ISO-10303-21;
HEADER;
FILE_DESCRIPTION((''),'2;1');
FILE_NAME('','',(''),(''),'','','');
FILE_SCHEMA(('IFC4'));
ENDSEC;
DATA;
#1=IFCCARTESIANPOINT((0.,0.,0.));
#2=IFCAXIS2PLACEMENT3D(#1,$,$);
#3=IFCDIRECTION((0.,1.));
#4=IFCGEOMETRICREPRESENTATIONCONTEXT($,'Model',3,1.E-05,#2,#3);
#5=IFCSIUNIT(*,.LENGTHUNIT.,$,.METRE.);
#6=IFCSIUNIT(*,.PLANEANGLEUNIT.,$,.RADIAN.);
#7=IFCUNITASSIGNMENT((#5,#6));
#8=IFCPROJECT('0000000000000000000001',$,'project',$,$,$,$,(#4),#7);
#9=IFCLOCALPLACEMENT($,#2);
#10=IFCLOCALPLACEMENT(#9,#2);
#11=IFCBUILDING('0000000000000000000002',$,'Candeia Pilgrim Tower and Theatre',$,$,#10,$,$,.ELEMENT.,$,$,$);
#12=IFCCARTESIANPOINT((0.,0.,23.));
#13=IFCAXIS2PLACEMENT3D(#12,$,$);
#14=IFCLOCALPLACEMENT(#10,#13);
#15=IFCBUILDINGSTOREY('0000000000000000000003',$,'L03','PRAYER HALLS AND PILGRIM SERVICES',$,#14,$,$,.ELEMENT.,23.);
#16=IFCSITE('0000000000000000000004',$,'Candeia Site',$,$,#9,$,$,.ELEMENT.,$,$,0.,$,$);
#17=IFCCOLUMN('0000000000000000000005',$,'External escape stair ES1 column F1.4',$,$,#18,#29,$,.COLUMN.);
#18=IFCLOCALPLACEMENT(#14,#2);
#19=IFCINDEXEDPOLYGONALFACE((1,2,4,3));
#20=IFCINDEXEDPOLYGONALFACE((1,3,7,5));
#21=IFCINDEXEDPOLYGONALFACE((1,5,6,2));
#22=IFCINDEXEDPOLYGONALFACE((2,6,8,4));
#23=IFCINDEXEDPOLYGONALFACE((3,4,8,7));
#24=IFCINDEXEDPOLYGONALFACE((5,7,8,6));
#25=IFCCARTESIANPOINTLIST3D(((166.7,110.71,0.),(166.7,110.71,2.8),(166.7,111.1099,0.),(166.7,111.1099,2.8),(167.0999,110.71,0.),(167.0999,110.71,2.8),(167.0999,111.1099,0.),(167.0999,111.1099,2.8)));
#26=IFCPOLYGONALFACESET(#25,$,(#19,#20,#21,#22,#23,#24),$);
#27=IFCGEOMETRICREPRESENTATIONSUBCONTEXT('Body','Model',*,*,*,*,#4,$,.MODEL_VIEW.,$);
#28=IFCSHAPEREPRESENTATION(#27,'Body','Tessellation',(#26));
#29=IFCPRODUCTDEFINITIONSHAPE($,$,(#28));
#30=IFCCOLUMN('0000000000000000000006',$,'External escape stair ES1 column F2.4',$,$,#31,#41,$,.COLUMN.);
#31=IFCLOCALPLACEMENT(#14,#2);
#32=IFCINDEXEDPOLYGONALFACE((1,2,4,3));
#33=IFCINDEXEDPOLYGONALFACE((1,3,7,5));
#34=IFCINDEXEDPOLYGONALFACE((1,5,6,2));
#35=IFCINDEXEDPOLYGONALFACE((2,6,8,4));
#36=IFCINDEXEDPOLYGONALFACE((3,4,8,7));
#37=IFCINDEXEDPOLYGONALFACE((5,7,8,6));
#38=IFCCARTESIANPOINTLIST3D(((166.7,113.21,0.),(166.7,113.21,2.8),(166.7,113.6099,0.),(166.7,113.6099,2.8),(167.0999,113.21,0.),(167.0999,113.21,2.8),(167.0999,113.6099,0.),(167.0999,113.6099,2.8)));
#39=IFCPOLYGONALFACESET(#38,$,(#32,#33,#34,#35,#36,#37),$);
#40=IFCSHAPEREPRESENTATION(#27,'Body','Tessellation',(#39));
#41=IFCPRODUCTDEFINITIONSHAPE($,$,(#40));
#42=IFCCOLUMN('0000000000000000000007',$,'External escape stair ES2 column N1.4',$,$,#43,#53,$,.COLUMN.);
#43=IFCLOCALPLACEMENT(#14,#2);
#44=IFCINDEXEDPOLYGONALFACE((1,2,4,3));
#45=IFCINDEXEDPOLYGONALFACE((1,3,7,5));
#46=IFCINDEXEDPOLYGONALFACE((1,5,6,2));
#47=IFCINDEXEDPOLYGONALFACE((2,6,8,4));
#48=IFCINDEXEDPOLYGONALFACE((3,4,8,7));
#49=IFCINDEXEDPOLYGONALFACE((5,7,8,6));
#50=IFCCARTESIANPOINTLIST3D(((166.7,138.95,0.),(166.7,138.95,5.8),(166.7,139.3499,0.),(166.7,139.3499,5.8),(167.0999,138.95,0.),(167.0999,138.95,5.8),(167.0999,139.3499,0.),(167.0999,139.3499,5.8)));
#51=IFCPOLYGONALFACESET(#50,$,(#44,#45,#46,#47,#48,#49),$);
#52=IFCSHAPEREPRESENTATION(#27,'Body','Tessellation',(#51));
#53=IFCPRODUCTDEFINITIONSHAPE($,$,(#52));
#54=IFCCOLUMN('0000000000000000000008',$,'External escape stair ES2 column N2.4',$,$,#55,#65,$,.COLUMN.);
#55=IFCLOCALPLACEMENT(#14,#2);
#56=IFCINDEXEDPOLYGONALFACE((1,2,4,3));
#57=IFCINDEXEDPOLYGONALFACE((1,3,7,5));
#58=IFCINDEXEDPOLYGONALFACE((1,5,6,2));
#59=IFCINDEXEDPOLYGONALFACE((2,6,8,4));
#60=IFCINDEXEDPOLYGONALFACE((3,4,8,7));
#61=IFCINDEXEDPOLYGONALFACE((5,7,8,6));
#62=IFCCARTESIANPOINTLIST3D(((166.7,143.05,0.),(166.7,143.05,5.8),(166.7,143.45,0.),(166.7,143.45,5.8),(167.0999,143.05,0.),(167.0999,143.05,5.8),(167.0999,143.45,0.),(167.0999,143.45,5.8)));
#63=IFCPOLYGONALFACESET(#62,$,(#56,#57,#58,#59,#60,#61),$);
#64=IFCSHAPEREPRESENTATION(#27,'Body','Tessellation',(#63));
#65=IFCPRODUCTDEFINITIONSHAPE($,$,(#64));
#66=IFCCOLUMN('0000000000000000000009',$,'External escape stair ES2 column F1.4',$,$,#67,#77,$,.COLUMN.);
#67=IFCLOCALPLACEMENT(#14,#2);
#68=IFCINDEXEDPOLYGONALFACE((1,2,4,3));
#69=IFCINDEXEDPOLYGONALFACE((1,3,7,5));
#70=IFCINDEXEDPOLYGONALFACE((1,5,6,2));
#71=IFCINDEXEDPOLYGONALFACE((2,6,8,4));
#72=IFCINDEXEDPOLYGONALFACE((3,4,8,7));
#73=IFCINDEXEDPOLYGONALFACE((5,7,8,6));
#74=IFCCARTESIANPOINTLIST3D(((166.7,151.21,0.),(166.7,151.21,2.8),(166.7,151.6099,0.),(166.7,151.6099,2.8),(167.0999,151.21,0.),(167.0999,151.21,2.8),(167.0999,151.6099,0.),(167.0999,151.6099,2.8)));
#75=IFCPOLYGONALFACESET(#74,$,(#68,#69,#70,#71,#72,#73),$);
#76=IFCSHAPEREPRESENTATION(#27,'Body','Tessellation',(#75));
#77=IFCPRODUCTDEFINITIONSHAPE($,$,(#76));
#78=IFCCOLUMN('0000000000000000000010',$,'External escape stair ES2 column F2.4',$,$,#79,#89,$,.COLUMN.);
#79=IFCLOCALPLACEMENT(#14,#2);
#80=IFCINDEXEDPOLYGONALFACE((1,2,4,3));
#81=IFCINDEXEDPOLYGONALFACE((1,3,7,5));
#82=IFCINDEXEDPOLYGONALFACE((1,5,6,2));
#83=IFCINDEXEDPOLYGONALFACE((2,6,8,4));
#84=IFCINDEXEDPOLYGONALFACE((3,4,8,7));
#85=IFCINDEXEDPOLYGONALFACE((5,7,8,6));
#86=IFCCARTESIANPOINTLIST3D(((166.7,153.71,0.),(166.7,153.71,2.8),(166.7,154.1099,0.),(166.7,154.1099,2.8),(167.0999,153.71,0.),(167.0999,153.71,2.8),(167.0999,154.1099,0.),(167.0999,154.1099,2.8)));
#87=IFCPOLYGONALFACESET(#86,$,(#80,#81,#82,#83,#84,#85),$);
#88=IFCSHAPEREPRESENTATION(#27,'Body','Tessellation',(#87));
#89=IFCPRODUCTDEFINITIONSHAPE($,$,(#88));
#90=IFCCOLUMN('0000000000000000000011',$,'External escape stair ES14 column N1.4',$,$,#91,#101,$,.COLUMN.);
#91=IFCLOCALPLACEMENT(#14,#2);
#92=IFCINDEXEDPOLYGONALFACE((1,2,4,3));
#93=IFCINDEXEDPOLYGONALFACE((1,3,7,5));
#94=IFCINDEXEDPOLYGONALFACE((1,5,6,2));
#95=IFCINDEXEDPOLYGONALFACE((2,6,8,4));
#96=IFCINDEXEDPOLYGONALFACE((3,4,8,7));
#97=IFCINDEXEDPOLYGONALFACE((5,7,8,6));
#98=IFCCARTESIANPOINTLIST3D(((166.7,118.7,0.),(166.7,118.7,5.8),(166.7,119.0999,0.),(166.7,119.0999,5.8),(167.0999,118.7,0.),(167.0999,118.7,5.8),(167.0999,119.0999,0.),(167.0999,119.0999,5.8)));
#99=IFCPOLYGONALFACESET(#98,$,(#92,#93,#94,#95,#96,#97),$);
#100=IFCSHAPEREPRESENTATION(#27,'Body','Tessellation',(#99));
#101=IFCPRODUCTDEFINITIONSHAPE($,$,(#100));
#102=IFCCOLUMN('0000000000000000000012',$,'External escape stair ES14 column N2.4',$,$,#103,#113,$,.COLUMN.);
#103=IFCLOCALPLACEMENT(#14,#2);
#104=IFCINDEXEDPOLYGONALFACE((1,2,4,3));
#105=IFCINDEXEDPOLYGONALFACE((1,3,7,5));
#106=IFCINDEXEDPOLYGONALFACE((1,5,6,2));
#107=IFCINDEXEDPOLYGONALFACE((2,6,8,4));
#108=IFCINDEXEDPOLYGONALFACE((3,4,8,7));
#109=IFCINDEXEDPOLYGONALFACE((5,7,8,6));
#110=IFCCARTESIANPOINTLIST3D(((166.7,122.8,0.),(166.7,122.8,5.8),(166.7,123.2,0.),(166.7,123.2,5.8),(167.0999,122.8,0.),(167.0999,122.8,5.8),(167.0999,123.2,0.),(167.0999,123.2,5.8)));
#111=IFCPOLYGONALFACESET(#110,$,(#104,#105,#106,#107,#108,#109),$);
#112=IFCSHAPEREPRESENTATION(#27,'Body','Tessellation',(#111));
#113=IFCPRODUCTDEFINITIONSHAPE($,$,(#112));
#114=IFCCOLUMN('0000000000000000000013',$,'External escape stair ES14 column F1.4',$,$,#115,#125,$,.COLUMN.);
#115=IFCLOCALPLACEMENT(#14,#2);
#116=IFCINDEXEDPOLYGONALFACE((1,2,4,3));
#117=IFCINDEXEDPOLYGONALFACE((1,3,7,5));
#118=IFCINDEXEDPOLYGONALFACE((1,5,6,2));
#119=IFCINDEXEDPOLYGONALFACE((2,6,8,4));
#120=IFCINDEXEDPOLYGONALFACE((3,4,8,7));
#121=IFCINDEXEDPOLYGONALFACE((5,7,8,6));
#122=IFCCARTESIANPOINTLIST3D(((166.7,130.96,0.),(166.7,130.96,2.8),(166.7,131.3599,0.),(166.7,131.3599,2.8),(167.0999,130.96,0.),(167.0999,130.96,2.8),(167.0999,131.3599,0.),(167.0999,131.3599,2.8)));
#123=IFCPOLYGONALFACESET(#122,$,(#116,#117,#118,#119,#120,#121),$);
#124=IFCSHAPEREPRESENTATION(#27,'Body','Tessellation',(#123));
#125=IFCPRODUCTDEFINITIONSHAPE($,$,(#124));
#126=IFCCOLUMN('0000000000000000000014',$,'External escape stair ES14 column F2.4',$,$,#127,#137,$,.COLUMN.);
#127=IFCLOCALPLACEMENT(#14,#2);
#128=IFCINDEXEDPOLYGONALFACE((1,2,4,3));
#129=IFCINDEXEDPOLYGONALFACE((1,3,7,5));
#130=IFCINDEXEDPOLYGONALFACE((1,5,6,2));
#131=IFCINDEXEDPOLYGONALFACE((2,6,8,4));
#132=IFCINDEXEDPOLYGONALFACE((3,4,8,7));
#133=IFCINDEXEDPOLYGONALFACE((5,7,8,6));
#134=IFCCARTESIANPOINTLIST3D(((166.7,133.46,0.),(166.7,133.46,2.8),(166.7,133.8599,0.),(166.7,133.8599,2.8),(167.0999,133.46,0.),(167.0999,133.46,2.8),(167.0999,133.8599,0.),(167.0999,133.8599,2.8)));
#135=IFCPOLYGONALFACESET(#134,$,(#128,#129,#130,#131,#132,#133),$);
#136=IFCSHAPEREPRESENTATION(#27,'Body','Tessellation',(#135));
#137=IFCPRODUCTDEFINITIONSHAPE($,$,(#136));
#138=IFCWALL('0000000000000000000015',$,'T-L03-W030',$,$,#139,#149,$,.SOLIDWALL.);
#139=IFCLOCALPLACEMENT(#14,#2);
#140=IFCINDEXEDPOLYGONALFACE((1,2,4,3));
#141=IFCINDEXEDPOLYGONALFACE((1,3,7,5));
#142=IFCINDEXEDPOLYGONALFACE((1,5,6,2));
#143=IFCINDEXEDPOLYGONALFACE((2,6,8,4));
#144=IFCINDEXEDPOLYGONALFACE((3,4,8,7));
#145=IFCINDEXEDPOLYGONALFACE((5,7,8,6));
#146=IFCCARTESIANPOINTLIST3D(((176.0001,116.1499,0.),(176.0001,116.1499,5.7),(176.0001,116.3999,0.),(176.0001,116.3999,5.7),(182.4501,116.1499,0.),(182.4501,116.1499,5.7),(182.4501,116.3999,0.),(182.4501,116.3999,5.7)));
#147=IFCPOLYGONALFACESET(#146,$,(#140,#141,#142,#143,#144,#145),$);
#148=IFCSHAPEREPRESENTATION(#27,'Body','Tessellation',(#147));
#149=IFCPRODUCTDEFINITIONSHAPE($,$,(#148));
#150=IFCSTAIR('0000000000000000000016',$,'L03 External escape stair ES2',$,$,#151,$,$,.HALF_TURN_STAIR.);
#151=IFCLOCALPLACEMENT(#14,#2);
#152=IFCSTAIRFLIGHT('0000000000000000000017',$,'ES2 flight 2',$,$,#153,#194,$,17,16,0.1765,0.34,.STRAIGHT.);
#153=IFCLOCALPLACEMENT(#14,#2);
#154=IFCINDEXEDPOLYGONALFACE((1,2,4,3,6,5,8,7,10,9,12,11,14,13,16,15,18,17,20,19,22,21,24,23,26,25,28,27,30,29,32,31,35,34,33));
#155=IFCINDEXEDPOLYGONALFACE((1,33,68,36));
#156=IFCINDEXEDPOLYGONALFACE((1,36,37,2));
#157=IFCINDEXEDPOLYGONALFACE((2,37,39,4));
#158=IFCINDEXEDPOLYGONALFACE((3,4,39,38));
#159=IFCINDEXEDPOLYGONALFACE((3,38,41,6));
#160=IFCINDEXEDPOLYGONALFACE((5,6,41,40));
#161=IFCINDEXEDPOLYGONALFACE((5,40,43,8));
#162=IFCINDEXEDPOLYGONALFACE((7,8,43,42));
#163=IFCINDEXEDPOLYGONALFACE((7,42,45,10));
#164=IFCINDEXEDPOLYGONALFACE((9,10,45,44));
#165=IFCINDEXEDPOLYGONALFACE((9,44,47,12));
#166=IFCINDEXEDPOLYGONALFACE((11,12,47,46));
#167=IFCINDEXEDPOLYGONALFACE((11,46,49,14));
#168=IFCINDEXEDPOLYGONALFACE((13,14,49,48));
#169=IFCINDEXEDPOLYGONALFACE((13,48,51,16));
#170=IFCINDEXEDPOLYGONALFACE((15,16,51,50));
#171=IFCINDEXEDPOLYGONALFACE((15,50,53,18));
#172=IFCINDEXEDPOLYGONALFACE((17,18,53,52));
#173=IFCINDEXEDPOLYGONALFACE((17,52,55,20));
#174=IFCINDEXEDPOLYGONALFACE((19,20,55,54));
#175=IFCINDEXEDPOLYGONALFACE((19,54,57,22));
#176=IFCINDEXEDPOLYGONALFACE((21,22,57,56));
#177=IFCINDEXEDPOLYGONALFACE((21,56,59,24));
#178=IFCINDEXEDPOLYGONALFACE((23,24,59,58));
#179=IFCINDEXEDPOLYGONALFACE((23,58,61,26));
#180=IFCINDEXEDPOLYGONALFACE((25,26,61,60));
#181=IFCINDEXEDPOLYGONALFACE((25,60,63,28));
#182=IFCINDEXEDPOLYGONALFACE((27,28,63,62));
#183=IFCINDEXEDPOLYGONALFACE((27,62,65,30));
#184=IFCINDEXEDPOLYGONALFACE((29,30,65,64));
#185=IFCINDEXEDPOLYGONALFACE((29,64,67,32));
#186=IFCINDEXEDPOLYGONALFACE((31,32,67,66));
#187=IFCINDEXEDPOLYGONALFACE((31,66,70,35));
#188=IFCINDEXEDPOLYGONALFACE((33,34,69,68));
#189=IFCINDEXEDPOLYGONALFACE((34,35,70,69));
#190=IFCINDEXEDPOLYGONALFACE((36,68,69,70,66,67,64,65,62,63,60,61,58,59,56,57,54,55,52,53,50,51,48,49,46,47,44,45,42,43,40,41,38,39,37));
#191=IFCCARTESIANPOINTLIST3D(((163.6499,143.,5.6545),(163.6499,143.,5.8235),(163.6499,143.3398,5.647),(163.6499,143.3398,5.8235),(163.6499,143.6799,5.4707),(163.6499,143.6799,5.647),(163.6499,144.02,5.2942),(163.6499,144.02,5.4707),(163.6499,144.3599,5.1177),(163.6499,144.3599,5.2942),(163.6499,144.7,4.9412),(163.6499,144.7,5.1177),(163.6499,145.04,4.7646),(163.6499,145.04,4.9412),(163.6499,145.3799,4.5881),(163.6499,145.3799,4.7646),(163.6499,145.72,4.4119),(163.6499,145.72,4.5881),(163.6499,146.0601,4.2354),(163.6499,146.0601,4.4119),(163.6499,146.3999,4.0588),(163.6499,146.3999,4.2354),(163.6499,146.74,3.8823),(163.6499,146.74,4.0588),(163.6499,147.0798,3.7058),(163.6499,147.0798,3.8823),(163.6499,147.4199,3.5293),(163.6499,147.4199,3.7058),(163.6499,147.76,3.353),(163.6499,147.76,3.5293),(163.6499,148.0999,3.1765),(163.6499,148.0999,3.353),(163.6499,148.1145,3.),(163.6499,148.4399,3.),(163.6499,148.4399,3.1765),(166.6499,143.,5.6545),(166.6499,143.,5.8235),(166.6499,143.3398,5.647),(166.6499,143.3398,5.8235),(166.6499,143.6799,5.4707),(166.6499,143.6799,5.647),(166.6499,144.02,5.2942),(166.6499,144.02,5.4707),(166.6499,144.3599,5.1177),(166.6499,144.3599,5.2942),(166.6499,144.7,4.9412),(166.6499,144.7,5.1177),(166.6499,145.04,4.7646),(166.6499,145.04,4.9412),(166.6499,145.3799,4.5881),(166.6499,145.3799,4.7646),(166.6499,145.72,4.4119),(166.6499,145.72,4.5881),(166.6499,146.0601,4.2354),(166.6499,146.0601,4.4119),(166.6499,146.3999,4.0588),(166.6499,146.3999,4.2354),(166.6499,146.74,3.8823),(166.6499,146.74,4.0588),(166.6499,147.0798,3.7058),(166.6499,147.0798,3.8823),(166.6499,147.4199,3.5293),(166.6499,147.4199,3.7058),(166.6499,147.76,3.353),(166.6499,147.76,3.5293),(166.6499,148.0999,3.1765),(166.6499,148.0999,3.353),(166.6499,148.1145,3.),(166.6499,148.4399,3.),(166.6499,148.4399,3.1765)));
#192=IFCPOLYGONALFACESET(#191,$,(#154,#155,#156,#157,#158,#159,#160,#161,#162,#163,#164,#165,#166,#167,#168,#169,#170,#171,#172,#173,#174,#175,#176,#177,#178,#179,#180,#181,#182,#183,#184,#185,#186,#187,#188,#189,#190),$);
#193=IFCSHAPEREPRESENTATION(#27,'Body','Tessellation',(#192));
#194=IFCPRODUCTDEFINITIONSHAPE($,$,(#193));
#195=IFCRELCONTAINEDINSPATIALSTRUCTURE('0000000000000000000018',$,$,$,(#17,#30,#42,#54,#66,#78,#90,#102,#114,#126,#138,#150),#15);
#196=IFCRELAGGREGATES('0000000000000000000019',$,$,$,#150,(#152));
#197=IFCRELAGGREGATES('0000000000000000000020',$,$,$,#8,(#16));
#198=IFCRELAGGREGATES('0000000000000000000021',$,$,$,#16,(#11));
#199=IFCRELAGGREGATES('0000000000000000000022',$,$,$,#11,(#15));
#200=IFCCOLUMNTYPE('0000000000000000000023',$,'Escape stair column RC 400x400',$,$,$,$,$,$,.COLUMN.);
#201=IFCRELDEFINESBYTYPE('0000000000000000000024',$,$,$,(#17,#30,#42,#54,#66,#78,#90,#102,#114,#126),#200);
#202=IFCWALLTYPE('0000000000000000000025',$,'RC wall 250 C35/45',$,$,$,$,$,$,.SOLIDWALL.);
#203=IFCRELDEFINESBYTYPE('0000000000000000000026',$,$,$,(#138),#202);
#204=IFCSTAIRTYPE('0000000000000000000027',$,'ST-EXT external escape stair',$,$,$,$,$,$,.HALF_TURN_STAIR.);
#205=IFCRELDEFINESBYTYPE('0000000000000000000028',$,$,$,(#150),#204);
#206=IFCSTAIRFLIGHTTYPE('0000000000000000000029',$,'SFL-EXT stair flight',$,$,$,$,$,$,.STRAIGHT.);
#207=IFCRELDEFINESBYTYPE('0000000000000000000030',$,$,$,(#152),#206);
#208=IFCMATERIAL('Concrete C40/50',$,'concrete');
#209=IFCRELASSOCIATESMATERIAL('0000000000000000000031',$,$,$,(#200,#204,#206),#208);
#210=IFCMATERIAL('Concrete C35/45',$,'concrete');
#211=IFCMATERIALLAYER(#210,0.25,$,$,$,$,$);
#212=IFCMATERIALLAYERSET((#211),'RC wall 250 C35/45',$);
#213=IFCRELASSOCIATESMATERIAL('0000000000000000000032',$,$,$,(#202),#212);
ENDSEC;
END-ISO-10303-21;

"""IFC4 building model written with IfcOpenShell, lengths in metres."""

from ifc_helpers import new_model, si_unit, direction, frame, frame_2d, origin, origin_2d, place, context, subcontext, project, spatial, polyline, rectangle, outline, extrude, material, layer, layer_set, material_profile, profile_set, type_object, element, aggregate, save


model = new_model("IFC4")

# Units and contexts
model_context = context("Model", 3, precision=1e-05, world=origin(), true_north=direction((0.0, 1.0)))
body_context = subcontext(model_context, "Body", "Model", "MODEL_VIEW")
ifc_project = project(units=[si_unit("LENGTHUNIT", "METRE"), si_unit("PLANEANGLEUNIT", "RADIAN")], contexts=[model_context])

# Site, building, storey
site_placement = place(None, origin())
site = spatial("IfcSite", under=ifc_project, at=site_placement, Name="Candeia Site", CompositionType="ELEMENT", RefElevation=0.0)
building_placement = place(site_placement, origin())
building = spatial("IfcBuilding", under=site, at=building_placement, Name="Candeia Pilgrim Tower and Theatre", CompositionType="ELEMENT")
storey_placement = place(building_placement, frame((0.0, 0.0, 23.0)))
storey = spatial("IfcBuildingStorey", under=building, at=storey_placement, Name="L03", Description="PRAYER HALLS AND PILGRIM SERVICES", CompositionType="ELEMENT", Elevation=23.0)

# Columns
ifc_material_1 = material(Name="Concrete C40/50", Category="concrete")
ifc_material_profile = material_profile(ifc_material_1, rectangle(XDim=0.3999, YDim=0.3999, at=origin_2d()))
ifc_profile_set = profile_set([ifc_material_profile], Name="Concrete C40/50")
column_type = type_object("IfcColumnType", Name="Escape stair column RC 400x400", PredefinedType="COLUMN", material=ifc_profile_set)
for number, where, z_axis, x_axis, name in (
    (1, (166.8999, 110.9099, 0.0), (0.0, 0.0, 1.0), (1.0, 0.0, 0.0), "External escape stair ES1 column F1.4"),
    (2, (166.8999, 113.4099, 0.0), (0.0, 0.0, 1.0), (1.0, 0.0, 0.0), "External escape stair ES1 column F2.4"),
):
    element("IfcColumn", number, at=place(storey_placement, frame(where, z_axis=z_axis, x_axis=x_axis)), inside=storey, type_object=column_type, Name=name, PredefinedType="COLUMN", context=body_context, shape_type="SweptSolid", body=[
        extrude(rectangle(XDim=0.3999, YDim=0.3999, at=origin_2d()), origin(), (0.0, 0.0, 1.0), 2.8),
    ])
for number, where, z_axis, x_axis, name in (
    (3, (166.8999, 139.1499, 0.0), (0.0, 0.0, 1.0), (1.0, 0.0, 0.0), "External escape stair ES2 column N1.4"),
    (4, (166.8999, 143.25, 0.0), (0.0, 0.0, 1.0), (1.0, 0.0, 0.0), "External escape stair ES2 column N2.4"),
):
    element("IfcColumn", number, at=place(storey_placement, frame(where, z_axis=z_axis, x_axis=x_axis)), inside=storey, type_object=column_type, Name=name, PredefinedType="COLUMN", context=body_context, shape_type="SweptSolid", body=[
        extrude(rectangle(XDim=0.3999, YDim=0.3999, at=origin_2d()), origin(), (0.0, 0.0, 1.0), 5.8),
    ])
for number, where, z_axis, x_axis, name in (
    (5, (166.8999, 151.4099, 0.0), (0.0, 0.0, 1.0), (1.0, 0.0, 0.0), "External escape stair ES2 column F1.4"),
    (6, (166.8999, 153.9099, 0.0), (0.0, 0.0, 1.0), (1.0, 0.0, 0.0), "External escape stair ES2 column F2.4"),
):
    element("IfcColumn", number, at=place(storey_placement, frame(where, z_axis=z_axis, x_axis=x_axis)), inside=storey, type_object=column_type, Name=name, PredefinedType="COLUMN", context=body_context, shape_type="SweptSolid", body=[
        extrude(rectangle(XDim=0.3999, YDim=0.3999, at=origin_2d()), origin(), (0.0, 0.0, 1.0), 2.8),
    ])
for number, where, z_axis, x_axis, name in (
    (7, (166.8999, 118.8999, 0.0), (0.0, 0.0, 1.0), (1.0, 0.0, 0.0), "External escape stair ES14 column N1.4"),
    (8, (166.8999, 123.0, 0.0), (0.0, 0.0, 1.0), (1.0, 0.0, 0.0), "External escape stair ES14 column N2.4"),
):
    element("IfcColumn", number, at=place(storey_placement, frame(where, z_axis=z_axis, x_axis=x_axis)), inside=storey, type_object=column_type, Name=name, PredefinedType="COLUMN", context=body_context, shape_type="SweptSolid", body=[
        extrude(rectangle(XDim=0.3999, YDim=0.3999, at=origin_2d()), origin(), (0.0, 0.0, 1.0), 5.8),
    ])
for number, where, z_axis, x_axis, name in (
    (9, (166.8999, 131.1599, 0.0), (0.0, 0.0, 1.0), (1.0, 0.0, 0.0), "External escape stair ES14 column F1.4"),
    (10, (166.8999, 133.6599, 0.0), (0.0, 0.0, 1.0), (1.0, 0.0, 0.0), "External escape stair ES14 column F2.4"),
):
    element("IfcColumn", number, at=place(storey_placement, frame(where, z_axis=z_axis, x_axis=x_axis)), inside=storey, type_object=column_type, Name=name, PredefinedType="COLUMN", context=body_context, shape_type="SweptSolid", body=[
        extrude(rectangle(XDim=0.3999, YDim=0.3999, at=origin_2d()), origin(), (0.0, 0.0, 1.0), 2.8),
    ])

# Wall
ifc_material_2 = material(Name="Concrete C35/45", Category="concrete")
ifc_layer = layer(ifc_material_2, 0.25)
ifc_layer_set = layer_set([ifc_layer], Name="RC wall 250 C35/45")
wall_type = type_object("IfcWallType", Name="RC wall 250 C35/45", PredefinedType="SOLIDWALL", material=ifc_layer_set)
wall_placement = place(storey_placement, frame((176.0, 116.2749, 0.0), z_axis=(0.0, 0.0, 1.0), x_axis=(1.0, 0.0, 0.0)))
element("IfcWall", 11, at=wall_placement, inside=storey, type_object=wall_type, Name="T-L03-W030", PredefinedType="SOLIDWALL", context=body_context, shape_type="SweptSolid", body=[
    extrude(rectangle(XDim=6.45, YDim=0.25, at=frame_2d((3.2251, 0.0))), origin(), (0.0, 0.0, 1.0), 5.7),
])

# Stair, stair flight
stair_type_1 = type_object("IfcStairType", Name="ST-EXT external escape stair", PredefinedType="HALF_TURN_STAIR", material=ifc_material_1)
stair_1_placement = place(storey_placement, origin())
stair_1 = element("IfcStair", 12, at=stair_1_placement, inside=storey, type_object=stair_type_1, Name="L03 External escape stair ES2", PredefinedType="HALF_TURN_STAIR")
stair_flight_type_1 = type_object("IfcStairFlightType", Name="SFL-EXT stair flight", PredefinedType="STRAIGHT", material=ifc_material_1)
stair_flight_1_placement = place(storey_placement, frame((165.1499, 148.4399, 3.0), z_axis=(0.0, 0.0, 1.0), x_axis=(0.0, -1.0, 0.0)))
stair_flight_1 = element("IfcStairFlight", 13, at=stair_flight_1_placement, type_object=stair_flight_type_1, Name="ES2 flight 2", NumberOfRisers=17, NumberOfTreads=16, PredefinedType="STRAIGHT", RiserHeight=0.1765, TreadLength=0.34, context=body_context, shape_type="SweptSolid", body=[
    extrude(outline(polyline([(0.0, 0.0), (0.0, 0.1765), (0.3401, 0.1765), (0.3401, 0.353), (0.6799, 0.353), (0.6799, 0.5293), (1.02, 0.5293), (1.02, 0.7058), (1.3601, 0.7058), (1.3601, 0.8823), (1.7, 0.8823), (1.7, 1.0588), (2.04, 1.0588), (2.04, 1.2354), (2.3799, 1.2354), (2.3799, 1.4119), (2.72, 1.4119), (2.72, 1.5881), (3.0601, 1.5881), (3.0601, 1.7646), (3.3999, 1.7646), (3.3999, 1.9412), (3.74, 1.9412), (3.74, 2.1177), (4.0801, 2.1177), (4.0801, 2.2942), (4.4199, 2.2942), (4.4199, 2.4707), (4.76, 2.4707), (4.76, 2.647), (5.1001, 2.647), (5.1001, 2.8235), (5.4399, 2.8235), (5.4399, 3.0), (5.4399, 2.6545), (0.3254, 0.0), (0.0, 0.0)])), frame((0.0, 1.5, 0.0), z_axis=(0.0, -1.0, 0.0), x_axis=(1.0, 0.0, 0.0)), (0.0, 0.0, 1.0), 3.0),
])
aggregate(stair_1, [stair_flight_1])

save(model, "model.ifc")
